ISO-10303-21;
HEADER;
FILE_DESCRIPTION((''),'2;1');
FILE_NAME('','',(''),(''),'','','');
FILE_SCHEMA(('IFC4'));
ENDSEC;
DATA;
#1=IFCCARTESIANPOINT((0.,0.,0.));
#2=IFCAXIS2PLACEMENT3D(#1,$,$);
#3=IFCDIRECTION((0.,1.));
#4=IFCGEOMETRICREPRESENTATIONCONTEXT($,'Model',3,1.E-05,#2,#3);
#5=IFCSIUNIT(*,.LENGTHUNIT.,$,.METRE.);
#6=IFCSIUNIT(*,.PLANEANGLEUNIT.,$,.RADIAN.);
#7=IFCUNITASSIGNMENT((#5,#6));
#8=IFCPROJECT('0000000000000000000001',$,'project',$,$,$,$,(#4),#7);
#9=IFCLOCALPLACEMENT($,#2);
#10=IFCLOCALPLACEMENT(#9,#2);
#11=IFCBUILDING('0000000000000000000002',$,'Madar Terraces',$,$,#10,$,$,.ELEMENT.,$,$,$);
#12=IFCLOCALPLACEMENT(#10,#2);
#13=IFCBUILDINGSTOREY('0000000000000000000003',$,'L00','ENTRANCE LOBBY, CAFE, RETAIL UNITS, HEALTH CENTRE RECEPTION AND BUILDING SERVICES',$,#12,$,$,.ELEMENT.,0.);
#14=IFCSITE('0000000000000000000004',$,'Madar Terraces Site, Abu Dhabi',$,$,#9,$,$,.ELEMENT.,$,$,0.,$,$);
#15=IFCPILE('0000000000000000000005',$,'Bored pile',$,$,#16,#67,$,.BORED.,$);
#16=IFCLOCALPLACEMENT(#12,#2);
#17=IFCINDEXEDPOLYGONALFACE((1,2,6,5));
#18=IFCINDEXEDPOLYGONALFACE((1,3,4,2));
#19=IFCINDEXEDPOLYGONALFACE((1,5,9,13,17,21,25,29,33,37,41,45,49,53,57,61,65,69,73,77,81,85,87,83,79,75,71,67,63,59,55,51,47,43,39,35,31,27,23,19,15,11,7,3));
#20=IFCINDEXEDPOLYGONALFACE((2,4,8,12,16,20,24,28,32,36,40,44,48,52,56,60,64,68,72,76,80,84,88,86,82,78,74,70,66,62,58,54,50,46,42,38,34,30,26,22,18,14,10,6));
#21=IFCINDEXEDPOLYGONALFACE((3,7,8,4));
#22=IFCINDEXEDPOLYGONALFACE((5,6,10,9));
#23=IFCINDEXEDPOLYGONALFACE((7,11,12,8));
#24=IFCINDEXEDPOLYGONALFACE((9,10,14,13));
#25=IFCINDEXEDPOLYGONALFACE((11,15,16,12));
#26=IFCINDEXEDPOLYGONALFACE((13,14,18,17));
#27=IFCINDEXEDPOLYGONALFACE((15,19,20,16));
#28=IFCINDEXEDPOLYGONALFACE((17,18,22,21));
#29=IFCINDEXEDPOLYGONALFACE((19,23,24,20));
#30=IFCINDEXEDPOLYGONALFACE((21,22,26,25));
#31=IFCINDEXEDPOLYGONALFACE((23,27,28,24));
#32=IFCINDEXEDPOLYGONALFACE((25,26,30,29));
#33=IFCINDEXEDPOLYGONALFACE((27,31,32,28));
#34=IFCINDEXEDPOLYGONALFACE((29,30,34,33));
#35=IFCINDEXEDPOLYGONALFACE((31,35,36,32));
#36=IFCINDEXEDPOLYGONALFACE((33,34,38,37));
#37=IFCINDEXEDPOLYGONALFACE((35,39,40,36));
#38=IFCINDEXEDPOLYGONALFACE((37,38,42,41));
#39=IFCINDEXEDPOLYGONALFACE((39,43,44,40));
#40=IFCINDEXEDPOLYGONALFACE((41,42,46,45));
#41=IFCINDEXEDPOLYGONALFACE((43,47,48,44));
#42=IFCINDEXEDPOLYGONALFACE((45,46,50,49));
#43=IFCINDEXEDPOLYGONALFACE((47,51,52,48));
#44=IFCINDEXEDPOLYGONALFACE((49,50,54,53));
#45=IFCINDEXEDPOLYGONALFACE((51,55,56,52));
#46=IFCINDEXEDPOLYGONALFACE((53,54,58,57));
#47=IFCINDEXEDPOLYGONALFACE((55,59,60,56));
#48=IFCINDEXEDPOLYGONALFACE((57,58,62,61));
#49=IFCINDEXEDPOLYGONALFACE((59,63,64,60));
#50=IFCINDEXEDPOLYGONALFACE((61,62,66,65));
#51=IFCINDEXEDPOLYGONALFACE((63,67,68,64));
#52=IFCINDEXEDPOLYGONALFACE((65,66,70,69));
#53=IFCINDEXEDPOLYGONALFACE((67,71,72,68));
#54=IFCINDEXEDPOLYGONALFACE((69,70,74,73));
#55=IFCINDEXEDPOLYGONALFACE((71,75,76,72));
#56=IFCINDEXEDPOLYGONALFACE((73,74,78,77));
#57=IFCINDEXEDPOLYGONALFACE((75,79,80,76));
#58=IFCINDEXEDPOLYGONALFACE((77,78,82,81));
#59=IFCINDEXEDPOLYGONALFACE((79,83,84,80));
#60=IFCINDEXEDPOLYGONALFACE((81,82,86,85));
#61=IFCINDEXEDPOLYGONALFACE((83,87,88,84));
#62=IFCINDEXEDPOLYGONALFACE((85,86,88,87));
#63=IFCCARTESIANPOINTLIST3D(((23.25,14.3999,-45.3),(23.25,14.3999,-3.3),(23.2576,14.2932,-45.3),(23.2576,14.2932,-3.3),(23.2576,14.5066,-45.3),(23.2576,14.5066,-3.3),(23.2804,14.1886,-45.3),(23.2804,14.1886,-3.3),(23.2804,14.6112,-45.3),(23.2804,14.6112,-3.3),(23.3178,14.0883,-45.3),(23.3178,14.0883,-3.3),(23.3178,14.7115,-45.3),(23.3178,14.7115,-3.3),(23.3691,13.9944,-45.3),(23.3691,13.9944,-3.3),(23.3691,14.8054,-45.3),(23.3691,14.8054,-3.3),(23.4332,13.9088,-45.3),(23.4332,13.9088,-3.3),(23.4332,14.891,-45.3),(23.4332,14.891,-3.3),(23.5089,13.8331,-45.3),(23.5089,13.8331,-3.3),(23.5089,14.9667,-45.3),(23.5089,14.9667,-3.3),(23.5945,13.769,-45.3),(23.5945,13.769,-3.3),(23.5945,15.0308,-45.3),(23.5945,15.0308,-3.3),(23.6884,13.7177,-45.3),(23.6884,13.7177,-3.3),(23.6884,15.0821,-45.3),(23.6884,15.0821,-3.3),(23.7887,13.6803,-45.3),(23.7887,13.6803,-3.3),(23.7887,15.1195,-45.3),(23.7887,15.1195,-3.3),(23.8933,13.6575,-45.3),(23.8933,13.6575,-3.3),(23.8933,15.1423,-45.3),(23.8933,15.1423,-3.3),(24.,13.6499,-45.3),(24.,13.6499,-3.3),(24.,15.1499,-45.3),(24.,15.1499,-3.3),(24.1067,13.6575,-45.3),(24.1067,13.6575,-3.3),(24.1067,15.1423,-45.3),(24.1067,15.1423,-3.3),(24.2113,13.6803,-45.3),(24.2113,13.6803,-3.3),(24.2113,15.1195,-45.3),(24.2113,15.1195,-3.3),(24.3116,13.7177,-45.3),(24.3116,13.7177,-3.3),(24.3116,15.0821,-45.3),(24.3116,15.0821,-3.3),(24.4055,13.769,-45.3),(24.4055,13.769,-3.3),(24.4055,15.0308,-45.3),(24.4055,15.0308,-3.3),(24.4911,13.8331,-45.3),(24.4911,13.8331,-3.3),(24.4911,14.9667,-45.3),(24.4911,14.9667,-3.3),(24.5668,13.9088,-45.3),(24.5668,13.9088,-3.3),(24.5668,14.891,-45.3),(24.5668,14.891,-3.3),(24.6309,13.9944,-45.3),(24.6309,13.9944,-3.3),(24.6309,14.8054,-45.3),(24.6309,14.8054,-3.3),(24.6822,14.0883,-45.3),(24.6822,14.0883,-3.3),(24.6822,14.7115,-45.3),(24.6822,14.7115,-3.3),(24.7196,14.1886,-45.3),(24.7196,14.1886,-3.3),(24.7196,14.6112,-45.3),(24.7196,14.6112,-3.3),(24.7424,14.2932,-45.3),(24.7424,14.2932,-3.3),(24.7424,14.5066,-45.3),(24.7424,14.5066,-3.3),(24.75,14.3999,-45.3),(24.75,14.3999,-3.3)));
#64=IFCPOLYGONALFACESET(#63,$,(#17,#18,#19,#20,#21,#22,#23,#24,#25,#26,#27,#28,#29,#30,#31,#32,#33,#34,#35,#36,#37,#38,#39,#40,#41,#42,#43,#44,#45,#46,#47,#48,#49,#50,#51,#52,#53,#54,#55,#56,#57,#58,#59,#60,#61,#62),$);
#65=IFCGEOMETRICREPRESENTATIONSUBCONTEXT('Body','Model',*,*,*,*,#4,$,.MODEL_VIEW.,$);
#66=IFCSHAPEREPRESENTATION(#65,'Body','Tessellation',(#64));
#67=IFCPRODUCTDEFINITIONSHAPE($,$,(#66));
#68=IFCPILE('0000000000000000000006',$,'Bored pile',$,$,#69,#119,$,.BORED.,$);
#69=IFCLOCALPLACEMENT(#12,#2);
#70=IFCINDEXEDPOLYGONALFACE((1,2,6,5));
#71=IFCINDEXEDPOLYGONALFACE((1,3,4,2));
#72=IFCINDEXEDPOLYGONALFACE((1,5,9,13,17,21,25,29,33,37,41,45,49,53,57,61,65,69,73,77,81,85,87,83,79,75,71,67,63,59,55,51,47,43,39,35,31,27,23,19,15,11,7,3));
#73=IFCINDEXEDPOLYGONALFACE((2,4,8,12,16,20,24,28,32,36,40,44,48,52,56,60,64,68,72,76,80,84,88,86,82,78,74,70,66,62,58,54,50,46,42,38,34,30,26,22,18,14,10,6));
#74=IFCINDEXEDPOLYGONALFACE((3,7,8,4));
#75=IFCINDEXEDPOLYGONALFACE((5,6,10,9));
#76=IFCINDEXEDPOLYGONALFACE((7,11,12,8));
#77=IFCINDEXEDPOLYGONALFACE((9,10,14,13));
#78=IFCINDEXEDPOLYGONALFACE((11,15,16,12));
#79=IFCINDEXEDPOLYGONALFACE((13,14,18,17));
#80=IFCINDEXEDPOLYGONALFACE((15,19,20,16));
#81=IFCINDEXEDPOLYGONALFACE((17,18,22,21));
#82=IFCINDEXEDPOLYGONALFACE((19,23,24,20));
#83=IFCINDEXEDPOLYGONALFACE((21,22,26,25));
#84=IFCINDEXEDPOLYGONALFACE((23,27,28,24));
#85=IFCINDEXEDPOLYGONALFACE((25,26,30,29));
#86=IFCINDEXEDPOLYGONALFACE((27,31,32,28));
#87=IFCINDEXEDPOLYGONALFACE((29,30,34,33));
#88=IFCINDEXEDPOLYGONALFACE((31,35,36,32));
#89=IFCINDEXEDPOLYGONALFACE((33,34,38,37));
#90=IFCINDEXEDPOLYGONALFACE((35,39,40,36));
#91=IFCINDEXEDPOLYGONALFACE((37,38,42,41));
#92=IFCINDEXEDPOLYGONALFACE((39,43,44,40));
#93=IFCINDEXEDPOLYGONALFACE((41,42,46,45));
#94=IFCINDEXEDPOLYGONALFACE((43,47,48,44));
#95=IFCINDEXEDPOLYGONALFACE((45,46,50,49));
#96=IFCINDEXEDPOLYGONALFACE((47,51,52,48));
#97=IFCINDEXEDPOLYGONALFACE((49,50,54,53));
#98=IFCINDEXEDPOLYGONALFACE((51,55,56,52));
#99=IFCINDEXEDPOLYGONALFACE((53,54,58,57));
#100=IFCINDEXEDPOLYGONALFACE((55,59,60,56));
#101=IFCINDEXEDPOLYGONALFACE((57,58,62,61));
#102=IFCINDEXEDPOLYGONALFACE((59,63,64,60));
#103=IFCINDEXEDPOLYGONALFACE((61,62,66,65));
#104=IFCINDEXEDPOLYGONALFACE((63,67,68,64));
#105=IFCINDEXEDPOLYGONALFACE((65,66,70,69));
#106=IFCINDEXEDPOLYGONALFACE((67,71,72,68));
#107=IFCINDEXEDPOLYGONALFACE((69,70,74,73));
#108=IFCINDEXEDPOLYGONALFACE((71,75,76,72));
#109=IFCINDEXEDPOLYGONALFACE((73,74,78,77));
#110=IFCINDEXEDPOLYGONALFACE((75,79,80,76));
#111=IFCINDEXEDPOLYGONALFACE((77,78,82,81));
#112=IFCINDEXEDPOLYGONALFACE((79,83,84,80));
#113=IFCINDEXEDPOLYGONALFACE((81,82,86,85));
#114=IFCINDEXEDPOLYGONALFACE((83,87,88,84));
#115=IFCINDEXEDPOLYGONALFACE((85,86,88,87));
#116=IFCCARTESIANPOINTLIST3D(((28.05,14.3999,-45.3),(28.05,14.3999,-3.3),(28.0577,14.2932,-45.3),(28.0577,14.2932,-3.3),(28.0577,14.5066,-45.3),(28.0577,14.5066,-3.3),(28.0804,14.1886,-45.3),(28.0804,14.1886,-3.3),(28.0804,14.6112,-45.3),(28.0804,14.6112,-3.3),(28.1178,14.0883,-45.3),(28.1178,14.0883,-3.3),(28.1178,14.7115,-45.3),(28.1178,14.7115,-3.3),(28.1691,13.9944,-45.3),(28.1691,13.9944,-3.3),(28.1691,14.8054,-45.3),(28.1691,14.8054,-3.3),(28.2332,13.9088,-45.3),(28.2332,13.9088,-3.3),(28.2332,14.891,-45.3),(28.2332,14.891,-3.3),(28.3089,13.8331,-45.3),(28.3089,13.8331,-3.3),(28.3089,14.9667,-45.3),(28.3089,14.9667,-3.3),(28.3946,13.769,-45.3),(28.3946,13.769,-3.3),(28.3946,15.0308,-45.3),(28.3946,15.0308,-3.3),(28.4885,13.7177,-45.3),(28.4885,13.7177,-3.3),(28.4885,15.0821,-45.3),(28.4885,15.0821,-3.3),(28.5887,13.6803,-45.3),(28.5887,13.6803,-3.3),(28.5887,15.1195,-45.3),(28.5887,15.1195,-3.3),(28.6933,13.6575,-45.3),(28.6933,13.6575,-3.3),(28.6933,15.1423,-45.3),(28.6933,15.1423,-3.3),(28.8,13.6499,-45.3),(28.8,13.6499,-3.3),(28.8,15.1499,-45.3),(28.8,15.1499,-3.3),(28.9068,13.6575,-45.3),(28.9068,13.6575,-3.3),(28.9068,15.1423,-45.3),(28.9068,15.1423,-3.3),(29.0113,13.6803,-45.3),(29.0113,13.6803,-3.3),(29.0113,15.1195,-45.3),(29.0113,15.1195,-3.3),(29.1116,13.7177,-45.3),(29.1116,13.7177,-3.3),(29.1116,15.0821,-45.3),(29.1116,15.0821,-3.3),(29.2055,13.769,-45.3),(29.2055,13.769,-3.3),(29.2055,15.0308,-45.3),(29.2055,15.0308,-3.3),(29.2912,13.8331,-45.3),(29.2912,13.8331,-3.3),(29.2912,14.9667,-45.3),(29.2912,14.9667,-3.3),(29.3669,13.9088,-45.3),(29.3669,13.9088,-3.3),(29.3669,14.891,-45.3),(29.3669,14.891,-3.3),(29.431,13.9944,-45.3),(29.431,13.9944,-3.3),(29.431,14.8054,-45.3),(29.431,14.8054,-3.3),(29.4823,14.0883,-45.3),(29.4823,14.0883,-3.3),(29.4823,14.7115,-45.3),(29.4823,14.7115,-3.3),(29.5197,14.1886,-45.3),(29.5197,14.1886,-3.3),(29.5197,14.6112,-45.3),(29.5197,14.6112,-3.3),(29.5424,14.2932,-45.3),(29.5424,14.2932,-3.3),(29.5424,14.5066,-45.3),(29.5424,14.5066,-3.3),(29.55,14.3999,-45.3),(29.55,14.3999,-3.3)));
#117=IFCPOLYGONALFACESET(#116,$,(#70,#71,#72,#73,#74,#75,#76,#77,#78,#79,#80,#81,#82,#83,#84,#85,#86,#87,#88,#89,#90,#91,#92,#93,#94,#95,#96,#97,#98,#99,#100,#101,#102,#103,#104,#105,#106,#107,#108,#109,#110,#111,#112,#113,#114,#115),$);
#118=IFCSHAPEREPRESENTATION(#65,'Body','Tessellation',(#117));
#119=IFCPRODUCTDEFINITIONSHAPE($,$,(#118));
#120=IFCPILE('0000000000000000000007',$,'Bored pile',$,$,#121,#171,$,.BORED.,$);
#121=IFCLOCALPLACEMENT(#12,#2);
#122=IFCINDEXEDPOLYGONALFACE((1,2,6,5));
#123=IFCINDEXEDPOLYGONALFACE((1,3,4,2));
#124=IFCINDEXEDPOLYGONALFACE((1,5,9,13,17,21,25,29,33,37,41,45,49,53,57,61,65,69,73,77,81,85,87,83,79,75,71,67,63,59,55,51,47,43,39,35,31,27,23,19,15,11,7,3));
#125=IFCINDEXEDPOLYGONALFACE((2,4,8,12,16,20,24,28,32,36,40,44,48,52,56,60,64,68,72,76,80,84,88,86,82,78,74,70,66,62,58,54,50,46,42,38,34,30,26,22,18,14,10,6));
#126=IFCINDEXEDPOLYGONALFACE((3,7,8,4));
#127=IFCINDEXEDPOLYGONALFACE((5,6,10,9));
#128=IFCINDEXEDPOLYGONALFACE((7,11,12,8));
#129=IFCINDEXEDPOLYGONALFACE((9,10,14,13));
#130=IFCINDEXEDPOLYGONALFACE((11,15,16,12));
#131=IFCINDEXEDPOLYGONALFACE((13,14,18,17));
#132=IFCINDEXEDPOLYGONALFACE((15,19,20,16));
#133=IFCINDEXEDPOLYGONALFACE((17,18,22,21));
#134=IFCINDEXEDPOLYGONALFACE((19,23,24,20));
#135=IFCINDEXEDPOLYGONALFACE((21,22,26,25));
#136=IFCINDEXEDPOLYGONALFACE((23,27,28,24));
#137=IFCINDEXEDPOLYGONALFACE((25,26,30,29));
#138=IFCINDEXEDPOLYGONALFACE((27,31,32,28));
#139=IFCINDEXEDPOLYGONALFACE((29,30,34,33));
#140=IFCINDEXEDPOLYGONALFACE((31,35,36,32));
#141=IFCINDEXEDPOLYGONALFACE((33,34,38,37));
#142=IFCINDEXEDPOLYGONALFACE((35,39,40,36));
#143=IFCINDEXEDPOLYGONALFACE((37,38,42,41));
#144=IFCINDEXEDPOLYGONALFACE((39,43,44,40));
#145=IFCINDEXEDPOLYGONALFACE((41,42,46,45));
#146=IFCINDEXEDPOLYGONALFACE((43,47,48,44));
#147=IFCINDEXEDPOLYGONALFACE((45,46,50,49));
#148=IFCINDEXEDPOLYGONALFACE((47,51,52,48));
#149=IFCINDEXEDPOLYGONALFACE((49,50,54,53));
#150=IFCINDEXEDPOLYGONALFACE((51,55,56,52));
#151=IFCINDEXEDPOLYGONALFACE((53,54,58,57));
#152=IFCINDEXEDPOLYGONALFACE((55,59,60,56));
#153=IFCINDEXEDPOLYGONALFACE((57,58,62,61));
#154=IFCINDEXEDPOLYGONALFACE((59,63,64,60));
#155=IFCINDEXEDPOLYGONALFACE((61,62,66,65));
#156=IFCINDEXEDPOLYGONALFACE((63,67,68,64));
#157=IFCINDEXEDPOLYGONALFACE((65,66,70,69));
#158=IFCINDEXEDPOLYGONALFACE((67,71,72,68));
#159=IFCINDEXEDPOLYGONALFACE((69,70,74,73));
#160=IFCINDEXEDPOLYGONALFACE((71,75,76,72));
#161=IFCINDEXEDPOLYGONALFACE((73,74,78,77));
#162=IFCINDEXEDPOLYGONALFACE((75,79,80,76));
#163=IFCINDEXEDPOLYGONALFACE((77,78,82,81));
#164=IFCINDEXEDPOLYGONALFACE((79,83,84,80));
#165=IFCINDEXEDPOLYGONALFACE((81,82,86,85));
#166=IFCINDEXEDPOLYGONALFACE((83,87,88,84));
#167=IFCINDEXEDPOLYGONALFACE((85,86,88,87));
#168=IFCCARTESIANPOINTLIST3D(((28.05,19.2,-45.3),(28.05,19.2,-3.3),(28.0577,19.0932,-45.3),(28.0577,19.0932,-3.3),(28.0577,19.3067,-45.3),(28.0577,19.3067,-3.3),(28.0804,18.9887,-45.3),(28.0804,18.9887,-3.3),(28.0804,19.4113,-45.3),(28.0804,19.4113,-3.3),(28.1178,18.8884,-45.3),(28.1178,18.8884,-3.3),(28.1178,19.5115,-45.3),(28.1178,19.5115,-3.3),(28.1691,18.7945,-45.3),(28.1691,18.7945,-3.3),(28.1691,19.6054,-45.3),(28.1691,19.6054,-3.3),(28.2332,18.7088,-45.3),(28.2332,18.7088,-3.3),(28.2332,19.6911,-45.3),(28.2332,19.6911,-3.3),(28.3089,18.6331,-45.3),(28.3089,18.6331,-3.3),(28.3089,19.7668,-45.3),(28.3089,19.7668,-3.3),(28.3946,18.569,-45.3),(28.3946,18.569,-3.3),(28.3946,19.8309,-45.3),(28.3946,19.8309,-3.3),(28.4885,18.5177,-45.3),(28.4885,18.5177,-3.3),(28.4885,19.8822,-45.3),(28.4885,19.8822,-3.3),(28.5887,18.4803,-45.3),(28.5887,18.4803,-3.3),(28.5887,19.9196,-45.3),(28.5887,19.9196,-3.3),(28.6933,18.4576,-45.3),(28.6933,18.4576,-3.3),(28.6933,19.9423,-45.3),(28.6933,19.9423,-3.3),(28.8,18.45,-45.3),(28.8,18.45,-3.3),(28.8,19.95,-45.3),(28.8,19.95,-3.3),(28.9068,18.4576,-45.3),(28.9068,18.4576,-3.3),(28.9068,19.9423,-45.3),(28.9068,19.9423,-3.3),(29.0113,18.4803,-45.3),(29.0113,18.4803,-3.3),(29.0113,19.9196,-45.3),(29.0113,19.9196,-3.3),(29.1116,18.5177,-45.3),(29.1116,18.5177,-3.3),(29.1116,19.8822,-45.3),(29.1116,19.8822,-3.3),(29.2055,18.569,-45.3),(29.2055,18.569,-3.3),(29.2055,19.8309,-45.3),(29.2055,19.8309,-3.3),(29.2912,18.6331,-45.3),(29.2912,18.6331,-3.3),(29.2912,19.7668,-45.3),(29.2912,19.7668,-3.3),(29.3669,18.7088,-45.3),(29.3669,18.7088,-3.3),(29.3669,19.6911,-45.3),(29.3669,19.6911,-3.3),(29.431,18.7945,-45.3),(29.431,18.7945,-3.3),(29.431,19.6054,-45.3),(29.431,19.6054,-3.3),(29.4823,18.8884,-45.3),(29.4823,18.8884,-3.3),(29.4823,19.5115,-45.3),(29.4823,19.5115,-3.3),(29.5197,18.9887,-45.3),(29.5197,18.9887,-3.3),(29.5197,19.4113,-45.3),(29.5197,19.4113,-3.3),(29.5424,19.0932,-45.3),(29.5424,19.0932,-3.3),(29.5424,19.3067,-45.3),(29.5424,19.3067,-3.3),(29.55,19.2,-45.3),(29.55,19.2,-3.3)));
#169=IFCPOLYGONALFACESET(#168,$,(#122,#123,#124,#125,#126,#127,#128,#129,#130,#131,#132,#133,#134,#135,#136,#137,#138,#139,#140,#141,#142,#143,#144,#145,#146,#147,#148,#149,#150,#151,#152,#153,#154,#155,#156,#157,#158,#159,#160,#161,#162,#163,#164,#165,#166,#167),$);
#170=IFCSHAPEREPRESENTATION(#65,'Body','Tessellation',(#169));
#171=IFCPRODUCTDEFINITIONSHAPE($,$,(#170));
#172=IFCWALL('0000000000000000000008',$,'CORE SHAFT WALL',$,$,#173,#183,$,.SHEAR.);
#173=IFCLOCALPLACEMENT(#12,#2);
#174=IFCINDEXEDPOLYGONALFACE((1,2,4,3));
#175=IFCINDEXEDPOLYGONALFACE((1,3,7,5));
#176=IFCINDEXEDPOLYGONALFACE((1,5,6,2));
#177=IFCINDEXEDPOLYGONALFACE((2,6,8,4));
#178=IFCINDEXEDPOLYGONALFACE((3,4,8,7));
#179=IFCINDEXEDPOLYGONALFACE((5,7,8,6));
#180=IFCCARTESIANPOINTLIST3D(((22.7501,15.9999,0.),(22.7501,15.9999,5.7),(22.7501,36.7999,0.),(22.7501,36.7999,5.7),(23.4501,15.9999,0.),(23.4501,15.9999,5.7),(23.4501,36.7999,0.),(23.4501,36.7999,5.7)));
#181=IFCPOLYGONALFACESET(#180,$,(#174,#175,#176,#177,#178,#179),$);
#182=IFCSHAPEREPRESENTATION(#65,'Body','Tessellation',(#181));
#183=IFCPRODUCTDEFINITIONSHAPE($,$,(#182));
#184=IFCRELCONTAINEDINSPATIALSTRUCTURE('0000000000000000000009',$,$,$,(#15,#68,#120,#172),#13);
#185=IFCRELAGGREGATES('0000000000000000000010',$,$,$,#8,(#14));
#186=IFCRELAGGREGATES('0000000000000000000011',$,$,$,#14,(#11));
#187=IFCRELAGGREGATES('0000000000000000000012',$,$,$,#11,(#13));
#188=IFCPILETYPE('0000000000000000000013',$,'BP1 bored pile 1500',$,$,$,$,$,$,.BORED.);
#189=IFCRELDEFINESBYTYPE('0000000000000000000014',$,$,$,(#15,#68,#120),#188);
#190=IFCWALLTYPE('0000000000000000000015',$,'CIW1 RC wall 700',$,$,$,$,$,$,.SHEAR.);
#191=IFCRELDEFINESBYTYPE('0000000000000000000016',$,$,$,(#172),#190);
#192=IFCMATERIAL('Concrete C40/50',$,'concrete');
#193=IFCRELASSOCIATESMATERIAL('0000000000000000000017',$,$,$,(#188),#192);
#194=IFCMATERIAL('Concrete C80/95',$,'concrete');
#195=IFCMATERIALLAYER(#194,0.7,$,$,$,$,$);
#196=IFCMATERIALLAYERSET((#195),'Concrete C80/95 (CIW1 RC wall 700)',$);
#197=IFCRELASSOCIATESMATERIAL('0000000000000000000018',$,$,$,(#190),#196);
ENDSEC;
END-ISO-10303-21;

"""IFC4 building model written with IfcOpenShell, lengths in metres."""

from ifc_helpers import new_model, si_unit, direction, frame, frame_2d, origin, origin_2d, place, context, subcontext, project, spatial, rectangle, circle, extrude, material, layer, layer_set, material_profile, profile_set, type_object, element, save


model = new_model("IFC4")

# Units and contexts
model_context = context("Model", 3, precision=1e-05, world=origin(), true_north=direction((0.0, 1.0)))
body_context = subcontext(model_context, "Body", "Model", "MODEL_VIEW")
ifc_project = project(units=[si_unit("LENGTHUNIT", "METRE"), si_unit("PLANEANGLEUNIT", "RADIAN")], contexts=[model_context])

# Site, building, storey
site_placement = place(None, origin())
site = spatial("IfcSite", under=ifc_project, at=site_placement, Name="Madar Terraces Site, Abu Dhabi", CompositionType="ELEMENT", RefElevation=0.0)
building_placement = place(site_placement, origin())
building = spatial("IfcBuilding", under=site, at=building_placement, Name="Madar Terraces", CompositionType="ELEMENT")
storey_placement = place(building_placement, origin())
storey = spatial("IfcBuildingStorey", under=building, at=storey_placement, Name="L00", Description="ENTRANCE LOBBY, CAFE, RETAIL UNITS, HEALTH CENTRE RECEPTION AND BUILDING SERVICES", CompositionType="ELEMENT", Elevation=0.0)

# Piles
ifc_material_1 = material(Name="Concrete C40/50", Category="concrete")
ifc_material_profile = material_profile(ifc_material_1, circle(Radius=0.75, at=origin_2d()), Name="BP1 bored pile 1500")
ifc_profile_set = profile_set([ifc_material_profile], Name="Concrete C40/50")
pile_type = type_object("IfcPileType", Name="BP1 bored pile 1500", PredefinedType="BORED", material=ifc_profile_set)
for number, where, z_axis, x_axis, name in (
    (1, (24.0, 14.3999, -3.3), (0.0, 0.0, -1.0), (1.0, 0.0, 0.0), "Bored pile"),
    (2, (28.8, 14.3999, -3.3), (0.0, 0.0, -1.0), (1.0, 0.0, 0.0), "Bored pile"),
    (3, (28.8, 19.2, -3.3), (0.0, 0.0, -1.0), (1.0, 0.0, 0.0), "Bored pile"),
):
    element("IfcPile", number, at=place(storey_placement, frame(where, z_axis=z_axis, x_axis=x_axis)), inside=storey, type_object=pile_type, Name=name, PredefinedType="BORED", context=body_context, shape_type="SweptSolid", body=[
        extrude(circle(Radius=0.75, at=origin_2d()), origin(), (0.0, 0.0, 1.0), 42.0),
    ])

# Wall
ifc_material_2 = material(Name="Concrete C80/95", Category="concrete")
ifc_layer_1 = layer(ifc_material_2, 0.7)
ifc_layer_set_1 = layer_set([ifc_layer_1], Name="Concrete C80/95 (CIW1 RC wall 700)")
wall_type_1 = type_object("IfcWallType", Name="CIW1 RC wall 700", PredefinedType="SHEAR", material=ifc_layer_set_1)
wall_1_placement = place(storey_placement, frame((23.1001, 16.0, 0.0), z_axis=(0.0, 0.0, 1.0), x_axis=(0.0, 1.0, 0.0)))
element("IfcWall", 4, at=wall_1_placement, inside=storey, type_object=wall_type_1, Name="CORE SHAFT WALL", PredefinedType="SHEAR", context=body_context, shape_type="SweptSolid", body=[
    extrude(rectangle(XDim=20.8, YDim=0.7, at=frame_2d((10.3999, 0.0))), origin(), (0.0, 0.0, 1.0), 5.7),
])

save(model, "model.ifc")
